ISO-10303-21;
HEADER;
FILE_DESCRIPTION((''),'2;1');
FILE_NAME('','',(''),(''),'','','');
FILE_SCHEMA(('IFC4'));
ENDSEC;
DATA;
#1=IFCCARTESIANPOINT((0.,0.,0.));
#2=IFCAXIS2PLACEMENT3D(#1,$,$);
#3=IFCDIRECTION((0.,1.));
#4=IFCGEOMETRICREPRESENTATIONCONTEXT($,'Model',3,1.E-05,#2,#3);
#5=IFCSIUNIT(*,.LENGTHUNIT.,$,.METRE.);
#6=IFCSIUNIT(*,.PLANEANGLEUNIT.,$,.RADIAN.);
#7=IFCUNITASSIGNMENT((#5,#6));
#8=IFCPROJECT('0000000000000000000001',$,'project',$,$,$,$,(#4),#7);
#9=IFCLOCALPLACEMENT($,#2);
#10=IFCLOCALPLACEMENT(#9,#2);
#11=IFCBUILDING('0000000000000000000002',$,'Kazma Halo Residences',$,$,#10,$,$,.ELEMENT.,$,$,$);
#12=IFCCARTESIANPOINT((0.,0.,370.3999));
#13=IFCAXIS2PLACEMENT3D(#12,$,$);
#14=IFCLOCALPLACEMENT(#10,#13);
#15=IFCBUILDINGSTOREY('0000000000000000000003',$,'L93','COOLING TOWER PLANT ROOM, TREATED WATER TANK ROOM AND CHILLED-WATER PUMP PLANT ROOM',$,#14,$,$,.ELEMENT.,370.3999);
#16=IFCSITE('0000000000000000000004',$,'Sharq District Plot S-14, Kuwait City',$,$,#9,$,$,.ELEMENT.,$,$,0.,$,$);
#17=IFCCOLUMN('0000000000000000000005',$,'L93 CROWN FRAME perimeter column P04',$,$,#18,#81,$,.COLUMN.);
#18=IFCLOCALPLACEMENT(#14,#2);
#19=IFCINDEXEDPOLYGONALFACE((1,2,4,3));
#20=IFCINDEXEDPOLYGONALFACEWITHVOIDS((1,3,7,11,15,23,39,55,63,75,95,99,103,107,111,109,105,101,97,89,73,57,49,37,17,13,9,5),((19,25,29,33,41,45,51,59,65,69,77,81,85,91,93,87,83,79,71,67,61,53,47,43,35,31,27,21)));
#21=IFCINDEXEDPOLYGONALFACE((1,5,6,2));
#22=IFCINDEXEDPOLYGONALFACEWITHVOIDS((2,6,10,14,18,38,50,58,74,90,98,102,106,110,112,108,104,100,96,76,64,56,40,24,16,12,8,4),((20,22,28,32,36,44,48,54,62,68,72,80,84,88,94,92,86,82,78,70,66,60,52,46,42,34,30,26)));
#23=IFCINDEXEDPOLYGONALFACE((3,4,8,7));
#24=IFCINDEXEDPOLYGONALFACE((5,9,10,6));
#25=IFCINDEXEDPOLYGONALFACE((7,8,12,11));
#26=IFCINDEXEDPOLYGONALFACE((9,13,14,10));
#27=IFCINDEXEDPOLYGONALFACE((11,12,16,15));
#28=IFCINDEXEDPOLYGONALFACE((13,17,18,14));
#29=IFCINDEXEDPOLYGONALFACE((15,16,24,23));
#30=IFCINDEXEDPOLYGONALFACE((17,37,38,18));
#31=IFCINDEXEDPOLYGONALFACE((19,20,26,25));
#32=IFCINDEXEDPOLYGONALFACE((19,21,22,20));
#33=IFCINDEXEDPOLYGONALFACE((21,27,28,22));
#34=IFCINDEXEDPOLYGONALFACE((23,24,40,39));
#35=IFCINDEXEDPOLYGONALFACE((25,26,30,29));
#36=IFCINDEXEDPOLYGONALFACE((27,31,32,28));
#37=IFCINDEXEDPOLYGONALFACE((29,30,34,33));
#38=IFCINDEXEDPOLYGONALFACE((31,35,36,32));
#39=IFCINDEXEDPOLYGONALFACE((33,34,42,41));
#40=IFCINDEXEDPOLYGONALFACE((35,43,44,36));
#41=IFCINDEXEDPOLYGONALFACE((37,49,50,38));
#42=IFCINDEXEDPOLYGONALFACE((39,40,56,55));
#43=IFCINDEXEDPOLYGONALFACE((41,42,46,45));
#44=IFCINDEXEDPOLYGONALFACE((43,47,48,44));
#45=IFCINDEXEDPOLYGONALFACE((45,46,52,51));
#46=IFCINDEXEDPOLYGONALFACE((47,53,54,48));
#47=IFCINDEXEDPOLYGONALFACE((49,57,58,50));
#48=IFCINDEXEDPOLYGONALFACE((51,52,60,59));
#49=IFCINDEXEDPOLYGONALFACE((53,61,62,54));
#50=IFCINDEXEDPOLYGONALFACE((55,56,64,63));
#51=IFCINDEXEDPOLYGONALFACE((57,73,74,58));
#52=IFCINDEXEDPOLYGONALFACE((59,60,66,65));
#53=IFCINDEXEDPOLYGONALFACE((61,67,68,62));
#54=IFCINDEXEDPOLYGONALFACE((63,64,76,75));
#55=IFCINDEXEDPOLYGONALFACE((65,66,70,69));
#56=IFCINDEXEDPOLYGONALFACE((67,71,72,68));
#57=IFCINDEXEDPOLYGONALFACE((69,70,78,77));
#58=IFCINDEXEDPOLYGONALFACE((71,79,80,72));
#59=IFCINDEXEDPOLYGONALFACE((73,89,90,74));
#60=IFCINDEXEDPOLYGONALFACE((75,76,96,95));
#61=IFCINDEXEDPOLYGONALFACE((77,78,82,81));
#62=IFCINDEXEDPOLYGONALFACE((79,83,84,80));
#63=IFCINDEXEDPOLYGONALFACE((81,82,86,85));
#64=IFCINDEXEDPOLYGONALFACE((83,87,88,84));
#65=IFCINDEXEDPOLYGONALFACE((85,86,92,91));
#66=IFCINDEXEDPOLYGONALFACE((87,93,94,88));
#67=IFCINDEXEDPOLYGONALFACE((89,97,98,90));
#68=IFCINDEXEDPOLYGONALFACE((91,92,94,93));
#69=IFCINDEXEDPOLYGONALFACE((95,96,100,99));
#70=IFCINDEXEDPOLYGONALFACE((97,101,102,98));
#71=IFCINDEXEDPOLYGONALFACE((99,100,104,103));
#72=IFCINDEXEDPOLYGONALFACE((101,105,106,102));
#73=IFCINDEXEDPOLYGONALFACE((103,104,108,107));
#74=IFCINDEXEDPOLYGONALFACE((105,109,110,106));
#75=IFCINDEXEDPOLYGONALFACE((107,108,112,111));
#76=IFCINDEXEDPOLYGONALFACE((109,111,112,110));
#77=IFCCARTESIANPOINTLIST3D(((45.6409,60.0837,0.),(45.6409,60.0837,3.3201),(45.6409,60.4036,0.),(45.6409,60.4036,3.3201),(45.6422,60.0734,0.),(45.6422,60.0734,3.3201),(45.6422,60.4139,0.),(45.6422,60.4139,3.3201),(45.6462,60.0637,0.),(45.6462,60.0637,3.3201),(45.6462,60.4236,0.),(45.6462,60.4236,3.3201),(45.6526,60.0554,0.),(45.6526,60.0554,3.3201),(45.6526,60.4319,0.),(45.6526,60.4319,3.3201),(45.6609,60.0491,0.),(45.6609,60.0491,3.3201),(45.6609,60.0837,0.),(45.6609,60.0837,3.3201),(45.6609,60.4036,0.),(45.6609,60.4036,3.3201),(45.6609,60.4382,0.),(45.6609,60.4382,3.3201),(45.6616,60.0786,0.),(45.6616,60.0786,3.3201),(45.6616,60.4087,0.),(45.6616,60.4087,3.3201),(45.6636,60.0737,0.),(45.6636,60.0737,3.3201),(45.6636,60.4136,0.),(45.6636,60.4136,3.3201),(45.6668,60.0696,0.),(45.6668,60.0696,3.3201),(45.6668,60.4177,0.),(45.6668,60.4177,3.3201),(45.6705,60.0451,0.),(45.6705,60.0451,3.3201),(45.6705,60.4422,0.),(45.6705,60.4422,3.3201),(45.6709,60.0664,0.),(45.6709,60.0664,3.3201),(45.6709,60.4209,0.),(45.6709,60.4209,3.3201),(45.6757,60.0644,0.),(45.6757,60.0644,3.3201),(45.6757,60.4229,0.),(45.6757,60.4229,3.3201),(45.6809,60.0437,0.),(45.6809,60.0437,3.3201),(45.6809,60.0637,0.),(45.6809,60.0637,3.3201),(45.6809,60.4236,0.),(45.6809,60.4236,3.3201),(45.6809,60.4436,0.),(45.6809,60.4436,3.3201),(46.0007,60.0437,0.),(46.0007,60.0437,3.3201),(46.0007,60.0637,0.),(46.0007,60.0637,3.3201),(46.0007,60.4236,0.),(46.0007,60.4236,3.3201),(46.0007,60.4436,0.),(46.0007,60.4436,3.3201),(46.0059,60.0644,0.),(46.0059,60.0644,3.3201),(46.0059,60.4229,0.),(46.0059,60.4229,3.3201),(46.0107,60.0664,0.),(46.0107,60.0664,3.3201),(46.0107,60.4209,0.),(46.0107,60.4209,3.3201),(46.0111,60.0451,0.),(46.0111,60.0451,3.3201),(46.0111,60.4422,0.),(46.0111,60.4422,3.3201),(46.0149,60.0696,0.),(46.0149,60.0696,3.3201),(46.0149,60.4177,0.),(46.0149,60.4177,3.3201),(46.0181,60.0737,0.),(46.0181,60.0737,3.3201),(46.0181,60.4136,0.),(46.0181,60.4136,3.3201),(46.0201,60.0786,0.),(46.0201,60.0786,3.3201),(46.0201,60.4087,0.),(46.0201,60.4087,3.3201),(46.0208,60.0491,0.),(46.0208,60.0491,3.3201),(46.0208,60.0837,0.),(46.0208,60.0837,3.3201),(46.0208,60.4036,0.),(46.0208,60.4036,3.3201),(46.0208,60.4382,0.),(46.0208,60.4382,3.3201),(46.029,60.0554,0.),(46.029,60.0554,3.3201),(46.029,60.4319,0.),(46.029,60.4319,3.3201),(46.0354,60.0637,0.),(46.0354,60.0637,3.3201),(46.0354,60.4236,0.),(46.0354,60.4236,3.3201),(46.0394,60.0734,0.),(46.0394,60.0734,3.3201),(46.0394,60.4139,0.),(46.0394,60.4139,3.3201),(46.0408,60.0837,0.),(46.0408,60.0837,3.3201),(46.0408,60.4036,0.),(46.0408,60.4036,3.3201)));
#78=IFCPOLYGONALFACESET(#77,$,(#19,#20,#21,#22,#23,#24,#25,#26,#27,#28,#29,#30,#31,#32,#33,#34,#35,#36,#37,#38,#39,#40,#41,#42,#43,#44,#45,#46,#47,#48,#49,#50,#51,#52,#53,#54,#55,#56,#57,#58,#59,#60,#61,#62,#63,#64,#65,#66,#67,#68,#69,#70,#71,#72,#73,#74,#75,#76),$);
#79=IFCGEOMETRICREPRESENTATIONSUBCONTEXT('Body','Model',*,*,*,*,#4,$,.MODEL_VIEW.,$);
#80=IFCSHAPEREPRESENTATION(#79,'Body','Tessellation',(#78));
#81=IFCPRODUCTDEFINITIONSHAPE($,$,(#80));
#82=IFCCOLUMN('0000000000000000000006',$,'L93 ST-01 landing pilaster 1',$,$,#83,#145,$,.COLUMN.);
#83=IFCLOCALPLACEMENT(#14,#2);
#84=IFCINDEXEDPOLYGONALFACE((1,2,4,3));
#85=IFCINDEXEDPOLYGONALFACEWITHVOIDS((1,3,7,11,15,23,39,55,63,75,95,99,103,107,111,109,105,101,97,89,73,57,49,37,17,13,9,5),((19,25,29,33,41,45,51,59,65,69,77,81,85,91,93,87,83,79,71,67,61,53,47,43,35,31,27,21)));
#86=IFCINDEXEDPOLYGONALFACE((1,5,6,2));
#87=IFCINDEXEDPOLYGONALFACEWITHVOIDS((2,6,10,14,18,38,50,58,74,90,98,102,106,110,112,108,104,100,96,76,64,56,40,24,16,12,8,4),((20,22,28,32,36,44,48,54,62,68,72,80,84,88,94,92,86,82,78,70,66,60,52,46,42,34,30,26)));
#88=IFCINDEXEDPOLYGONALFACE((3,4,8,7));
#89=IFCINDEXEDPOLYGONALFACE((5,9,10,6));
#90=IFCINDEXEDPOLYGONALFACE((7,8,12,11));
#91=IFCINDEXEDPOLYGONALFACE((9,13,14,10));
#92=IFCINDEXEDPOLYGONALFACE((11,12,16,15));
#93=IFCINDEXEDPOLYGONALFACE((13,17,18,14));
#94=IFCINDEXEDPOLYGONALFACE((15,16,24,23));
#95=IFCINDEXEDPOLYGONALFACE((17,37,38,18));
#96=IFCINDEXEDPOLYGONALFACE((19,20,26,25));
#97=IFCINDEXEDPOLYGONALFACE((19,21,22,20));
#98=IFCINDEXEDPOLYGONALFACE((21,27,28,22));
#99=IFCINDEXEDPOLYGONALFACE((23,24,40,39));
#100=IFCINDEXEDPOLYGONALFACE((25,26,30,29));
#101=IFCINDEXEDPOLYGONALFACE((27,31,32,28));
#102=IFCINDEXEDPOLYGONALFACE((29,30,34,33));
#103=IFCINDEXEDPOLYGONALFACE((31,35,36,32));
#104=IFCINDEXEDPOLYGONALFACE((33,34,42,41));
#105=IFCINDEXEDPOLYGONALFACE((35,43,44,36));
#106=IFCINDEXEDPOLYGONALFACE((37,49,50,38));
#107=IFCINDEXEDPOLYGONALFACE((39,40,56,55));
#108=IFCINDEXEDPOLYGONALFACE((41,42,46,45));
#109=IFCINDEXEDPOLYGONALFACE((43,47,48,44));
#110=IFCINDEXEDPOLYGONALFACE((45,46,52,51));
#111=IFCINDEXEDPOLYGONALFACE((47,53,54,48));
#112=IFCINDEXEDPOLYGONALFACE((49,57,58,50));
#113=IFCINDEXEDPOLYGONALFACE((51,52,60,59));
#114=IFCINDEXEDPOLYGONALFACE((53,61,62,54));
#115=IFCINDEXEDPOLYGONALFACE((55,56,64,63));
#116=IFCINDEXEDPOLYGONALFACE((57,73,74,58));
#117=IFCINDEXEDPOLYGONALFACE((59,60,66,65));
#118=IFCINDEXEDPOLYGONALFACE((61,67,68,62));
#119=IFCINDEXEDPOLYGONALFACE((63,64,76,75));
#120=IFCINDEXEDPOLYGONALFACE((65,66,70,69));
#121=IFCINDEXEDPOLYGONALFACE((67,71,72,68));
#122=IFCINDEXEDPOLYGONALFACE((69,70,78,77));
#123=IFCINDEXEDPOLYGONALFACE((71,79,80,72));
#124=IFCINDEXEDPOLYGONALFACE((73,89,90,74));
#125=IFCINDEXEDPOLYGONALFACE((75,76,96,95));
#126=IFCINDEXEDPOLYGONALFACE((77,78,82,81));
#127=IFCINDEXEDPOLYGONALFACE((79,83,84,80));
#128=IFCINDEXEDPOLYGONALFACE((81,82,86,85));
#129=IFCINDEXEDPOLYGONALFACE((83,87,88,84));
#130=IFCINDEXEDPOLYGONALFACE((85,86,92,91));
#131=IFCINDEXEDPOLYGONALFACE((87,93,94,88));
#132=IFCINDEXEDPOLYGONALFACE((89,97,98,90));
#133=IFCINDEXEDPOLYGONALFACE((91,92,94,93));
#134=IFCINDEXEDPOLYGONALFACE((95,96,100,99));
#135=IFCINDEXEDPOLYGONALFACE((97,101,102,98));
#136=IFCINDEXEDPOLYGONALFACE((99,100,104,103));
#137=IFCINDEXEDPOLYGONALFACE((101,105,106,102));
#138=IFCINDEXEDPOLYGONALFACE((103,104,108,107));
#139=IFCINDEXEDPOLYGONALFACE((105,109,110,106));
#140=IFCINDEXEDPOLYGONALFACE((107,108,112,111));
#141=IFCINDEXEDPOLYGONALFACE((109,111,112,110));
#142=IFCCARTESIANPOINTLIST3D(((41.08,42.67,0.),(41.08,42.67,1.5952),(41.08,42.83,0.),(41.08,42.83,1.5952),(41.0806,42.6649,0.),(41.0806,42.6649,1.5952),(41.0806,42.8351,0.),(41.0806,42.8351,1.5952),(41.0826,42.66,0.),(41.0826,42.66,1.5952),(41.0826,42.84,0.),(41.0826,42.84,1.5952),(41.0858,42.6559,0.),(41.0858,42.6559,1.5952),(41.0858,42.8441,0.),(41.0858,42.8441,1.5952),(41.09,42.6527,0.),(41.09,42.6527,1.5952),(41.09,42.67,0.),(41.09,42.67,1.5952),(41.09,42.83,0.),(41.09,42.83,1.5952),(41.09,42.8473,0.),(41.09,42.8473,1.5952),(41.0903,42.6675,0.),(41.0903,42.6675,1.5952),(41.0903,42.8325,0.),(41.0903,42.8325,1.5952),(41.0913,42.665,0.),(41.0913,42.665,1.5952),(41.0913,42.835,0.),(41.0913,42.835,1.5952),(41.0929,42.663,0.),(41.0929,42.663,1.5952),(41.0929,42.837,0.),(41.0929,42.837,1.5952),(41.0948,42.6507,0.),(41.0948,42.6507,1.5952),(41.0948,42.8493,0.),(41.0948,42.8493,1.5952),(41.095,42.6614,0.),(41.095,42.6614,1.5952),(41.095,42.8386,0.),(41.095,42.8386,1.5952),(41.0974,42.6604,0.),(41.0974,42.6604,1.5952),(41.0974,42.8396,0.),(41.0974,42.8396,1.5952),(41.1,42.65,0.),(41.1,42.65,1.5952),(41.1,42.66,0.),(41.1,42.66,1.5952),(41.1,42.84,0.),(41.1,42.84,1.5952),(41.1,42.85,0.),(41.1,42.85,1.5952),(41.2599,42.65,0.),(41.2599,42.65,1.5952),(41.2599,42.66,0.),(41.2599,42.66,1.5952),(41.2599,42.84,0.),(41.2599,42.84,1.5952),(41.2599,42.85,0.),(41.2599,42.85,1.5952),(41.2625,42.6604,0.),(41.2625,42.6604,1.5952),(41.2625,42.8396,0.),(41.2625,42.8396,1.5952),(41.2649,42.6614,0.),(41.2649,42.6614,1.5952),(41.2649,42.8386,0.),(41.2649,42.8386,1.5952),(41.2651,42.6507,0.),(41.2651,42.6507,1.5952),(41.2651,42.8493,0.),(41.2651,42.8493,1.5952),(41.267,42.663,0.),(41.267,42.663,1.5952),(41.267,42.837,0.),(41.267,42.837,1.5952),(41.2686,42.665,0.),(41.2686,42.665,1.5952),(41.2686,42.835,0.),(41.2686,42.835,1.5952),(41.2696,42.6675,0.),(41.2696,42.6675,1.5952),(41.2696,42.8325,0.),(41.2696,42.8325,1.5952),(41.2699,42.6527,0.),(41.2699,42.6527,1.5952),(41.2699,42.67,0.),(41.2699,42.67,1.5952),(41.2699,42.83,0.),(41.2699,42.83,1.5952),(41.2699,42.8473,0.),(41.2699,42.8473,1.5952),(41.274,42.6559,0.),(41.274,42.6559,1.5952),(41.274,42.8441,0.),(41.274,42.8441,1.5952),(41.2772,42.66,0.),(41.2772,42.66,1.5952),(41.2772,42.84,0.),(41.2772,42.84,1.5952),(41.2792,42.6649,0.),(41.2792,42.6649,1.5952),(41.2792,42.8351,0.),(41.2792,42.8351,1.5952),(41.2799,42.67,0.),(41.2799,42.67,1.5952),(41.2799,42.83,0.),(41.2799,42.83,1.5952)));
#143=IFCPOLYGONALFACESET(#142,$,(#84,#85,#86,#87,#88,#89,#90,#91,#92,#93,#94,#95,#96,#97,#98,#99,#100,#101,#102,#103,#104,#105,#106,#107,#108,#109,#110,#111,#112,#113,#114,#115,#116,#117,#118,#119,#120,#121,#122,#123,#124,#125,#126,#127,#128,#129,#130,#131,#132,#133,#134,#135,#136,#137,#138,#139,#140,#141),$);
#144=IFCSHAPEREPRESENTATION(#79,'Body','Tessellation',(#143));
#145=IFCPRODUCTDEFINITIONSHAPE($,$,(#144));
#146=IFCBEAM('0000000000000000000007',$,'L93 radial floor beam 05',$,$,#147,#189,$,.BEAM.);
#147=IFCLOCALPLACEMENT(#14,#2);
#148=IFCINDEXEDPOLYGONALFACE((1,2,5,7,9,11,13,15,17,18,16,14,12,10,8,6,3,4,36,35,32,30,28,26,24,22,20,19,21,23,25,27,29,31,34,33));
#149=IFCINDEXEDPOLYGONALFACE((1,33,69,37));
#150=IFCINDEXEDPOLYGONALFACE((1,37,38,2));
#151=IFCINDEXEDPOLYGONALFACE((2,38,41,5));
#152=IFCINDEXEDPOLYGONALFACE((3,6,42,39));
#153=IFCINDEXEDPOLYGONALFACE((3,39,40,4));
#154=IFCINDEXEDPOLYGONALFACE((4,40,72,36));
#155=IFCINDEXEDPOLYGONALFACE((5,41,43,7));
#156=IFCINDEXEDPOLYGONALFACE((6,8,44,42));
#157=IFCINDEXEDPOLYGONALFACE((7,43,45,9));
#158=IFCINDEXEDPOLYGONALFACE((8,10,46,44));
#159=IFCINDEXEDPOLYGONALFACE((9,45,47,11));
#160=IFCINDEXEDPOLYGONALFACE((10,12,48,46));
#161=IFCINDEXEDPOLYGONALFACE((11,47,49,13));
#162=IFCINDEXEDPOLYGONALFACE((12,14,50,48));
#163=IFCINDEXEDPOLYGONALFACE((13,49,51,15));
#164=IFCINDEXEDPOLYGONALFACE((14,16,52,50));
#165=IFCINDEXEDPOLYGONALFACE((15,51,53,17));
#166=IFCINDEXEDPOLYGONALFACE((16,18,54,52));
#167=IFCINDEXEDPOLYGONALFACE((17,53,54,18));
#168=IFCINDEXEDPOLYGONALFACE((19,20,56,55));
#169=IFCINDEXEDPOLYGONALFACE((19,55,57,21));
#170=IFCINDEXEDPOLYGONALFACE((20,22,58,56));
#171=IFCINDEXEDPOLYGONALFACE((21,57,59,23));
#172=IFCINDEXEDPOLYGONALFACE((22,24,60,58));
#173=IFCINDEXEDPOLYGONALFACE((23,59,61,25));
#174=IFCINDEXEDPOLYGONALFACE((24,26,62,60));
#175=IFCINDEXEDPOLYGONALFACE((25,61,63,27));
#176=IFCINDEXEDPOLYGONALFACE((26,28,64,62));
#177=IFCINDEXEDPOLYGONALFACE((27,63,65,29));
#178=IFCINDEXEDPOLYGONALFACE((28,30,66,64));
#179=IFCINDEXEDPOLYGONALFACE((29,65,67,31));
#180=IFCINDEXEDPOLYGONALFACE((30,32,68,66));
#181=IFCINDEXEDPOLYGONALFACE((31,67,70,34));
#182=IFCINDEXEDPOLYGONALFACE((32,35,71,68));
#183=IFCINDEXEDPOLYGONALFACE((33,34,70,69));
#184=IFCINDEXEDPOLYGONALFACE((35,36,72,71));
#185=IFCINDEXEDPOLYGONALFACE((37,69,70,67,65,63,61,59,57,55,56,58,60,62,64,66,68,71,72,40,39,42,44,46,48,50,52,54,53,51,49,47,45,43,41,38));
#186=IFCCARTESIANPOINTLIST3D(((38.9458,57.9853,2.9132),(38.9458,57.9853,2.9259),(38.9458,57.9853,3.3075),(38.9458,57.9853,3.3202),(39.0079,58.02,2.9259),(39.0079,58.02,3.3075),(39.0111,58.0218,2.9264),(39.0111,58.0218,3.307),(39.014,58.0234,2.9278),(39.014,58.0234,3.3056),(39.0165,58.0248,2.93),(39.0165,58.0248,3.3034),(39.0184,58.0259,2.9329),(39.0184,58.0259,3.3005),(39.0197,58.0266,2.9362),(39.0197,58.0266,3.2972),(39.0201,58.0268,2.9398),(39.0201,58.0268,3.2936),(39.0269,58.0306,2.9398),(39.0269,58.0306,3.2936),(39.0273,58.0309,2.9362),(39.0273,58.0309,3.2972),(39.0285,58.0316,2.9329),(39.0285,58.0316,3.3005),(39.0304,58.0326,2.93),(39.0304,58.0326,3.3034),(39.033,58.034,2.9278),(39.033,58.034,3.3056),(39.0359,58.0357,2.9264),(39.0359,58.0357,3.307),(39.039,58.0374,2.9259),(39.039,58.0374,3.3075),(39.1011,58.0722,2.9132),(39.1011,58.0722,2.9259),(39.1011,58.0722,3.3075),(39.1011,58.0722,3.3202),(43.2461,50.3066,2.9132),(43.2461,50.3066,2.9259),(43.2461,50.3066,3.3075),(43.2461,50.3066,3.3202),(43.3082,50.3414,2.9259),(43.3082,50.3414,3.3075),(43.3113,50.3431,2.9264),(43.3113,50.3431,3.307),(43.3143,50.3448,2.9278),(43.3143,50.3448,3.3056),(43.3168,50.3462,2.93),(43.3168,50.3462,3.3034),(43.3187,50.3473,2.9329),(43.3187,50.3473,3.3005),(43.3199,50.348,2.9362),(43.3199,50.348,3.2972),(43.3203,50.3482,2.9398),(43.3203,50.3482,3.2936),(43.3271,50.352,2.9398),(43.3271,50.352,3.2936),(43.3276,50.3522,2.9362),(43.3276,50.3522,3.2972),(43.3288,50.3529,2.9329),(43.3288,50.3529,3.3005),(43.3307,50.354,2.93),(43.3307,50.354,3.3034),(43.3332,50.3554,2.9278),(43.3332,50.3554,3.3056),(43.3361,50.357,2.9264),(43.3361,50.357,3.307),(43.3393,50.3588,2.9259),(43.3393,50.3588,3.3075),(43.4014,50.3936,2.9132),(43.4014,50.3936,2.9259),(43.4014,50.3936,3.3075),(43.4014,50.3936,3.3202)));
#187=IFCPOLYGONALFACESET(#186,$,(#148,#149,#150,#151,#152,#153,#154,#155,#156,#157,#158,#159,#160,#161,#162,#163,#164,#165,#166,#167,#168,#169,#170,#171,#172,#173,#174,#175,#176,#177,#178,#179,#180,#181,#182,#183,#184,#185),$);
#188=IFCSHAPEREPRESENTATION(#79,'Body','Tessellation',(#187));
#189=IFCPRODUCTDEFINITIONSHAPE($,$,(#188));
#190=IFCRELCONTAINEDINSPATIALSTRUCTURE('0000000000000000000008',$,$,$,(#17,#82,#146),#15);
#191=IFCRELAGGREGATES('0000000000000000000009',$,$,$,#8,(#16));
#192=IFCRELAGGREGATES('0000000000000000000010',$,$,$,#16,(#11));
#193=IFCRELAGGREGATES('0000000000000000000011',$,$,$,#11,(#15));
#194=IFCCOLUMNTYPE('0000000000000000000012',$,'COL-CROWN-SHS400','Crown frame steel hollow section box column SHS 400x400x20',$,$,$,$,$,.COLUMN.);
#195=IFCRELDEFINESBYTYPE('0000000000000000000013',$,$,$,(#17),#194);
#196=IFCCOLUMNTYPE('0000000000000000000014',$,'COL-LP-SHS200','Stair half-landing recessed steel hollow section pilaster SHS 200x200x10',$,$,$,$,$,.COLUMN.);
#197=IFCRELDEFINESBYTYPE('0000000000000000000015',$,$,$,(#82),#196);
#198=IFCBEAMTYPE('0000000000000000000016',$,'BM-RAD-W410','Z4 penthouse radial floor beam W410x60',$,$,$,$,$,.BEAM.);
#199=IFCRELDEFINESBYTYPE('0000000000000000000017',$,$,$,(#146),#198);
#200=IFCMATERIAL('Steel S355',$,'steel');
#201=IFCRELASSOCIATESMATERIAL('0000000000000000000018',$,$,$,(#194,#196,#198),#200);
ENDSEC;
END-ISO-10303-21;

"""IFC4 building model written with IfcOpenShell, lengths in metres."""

from ifc_helpers import new_model, si_unit, direction, frame, origin, origin_2d, place, context, subcontext, project, spatial, hollow_rectangle, i_section, extrude, material, material_profile, profile_set, type_object, element, save


model = new_model("IFC4")

# Units and contexts
model_context = context("Model", 3, precision=1e-05, world=origin(), true_north=direction((0.0, 1.0)))
body_context = subcontext(model_context, "Body", "Model", "MODEL_VIEW")
ifc_project = project(units=[si_unit("LENGTHUNIT", "METRE"), si_unit("PLANEANGLEUNIT", "RADIAN")], contexts=[model_context])

# Site, building, storey
site_placement = place(None, origin())
site = spatial("IfcSite", under=ifc_project, at=site_placement, Name="Sharq District Plot S-14, Kuwait City", CompositionType="ELEMENT", RefElevation=0.0)
building_placement = place(site_placement, origin())
building = spatial("IfcBuilding", under=site, at=building_placement, Name="Kazma Halo Residences", CompositionType="ELEMENT")
storey_placement = place(building_placement, frame((0.0, 0.0, 370.3999)))
storey = spatial("IfcBuildingStorey", under=building, at=storey_placement, Name="L93", Description="COOLING TOWER PLANT ROOM, TREATED WATER TANK ROOM AND CHILLED-WATER PUMP PLANT ROOM", CompositionType="ELEMENT", Elevation=370.3999)

# Columns
ifc_material_1 = material(Name="Steel S355", Category="steel")
ifc_material_profile_1 = material_profile(ifc_material_1, hollow_rectangle(XDim=0.3999, YDim=0.3999, WallThickness=0.02, InnerFilletRadius=0.02, OuterFilletRadius=0.04, at=origin_2d()), Name="SHS400x400x20")
ifc_profile_set_1 = profile_set([ifc_material_profile_1], Name="Steel S355")
column_type_1 = type_object("IfcColumnType", Name="COL-CROWN-SHS400", Description="Crown frame steel hollow section box column SHS 400x400x20", PredefinedType="COLUMN", material=ifc_profile_set_1)
column_1_placement = place(storey_placement, frame((45.8408, 60.2437, 0.0), z_axis=(0.0, 0.0, 1.0), x_axis=(1.0, 0.0, 0.0)))
element("IfcColumn", 1, at=column_1_placement, inside=storey, type_object=column_type_1, Name="L93 CROWN FRAME perimeter column P04", PredefinedType="COLUMN", context=body_context, shape_type="SweptSolid", body=[
    extrude(hollow_rectangle(XDim=0.3999, YDim=0.3999, WallThickness=0.02, InnerFilletRadius=0.02, OuterFilletRadius=0.04, at=origin_2d()), origin(), (0.0, 0.0, 1.0), 3.3201),
])
ifc_material_profile_2 = material_profile(ifc_material_1, hollow_rectangle(XDim=0.2, YDim=0.2, WallThickness=0.01, InnerFilletRadius=0.01, OuterFilletRadius=0.02, at=origin_2d()), Name="SHS200x200x10")
ifc_profile_set_2 = profile_set([ifc_material_profile_2], Name="Steel S355")
column_type_2 = type_object("IfcColumnType", Name="COL-LP-SHS200", Description="Stair half-landing recessed steel hollow section pilaster SHS 200x200x10", PredefinedType="COLUMN", material=ifc_profile_set_2)
column_2_placement = place(storey_placement, frame((41.1799, 42.75, 0.0), z_axis=(0.0, 0.0, 1.0), x_axis=(1.0, 0.0, 0.0)))
element("IfcColumn", 2, at=column_2_placement, inside=storey, type_object=column_type_2, Name="L93 ST-01 landing pilaster 1", PredefinedType="COLUMN", context=body_context, shape_type="SweptSolid", body=[
    extrude(hollow_rectangle(XDim=0.2, YDim=0.2, WallThickness=0.01, InnerFilletRadius=0.01, OuterFilletRadius=0.02, at=origin_2d()), origin(), (0.0, 0.0, 1.0), 1.5952),
])

# Beam
ifc_material_profile_3 = material_profile(ifc_material_1, i_section(OverallWidth=0.178, OverallDepth=0.407, WebThickness=0.0078, FlangeThickness=0.0127, FilletRadius=0.0139, at=origin_2d()), Name="W410x60")
ifc_profile_set_3 = profile_set([ifc_material_profile_3], Name="Steel S355")
beam_type_1 = type_object("IfcBeamType", Name="BM-RAD-W410", Description="Z4 penthouse radial floor beam W410x60", PredefinedType="BEAM", material=ifc_profile_set_3)
beam_1_placement = place(storey_placement, frame((43.3237, 50.3501, 3.1167), z_axis=(-0.488622, 0.872496, 0.0), x_axis=(-0.872496, -0.488622, 0.0)))
element("IfcBeam", 3, at=beam_1_placement, inside=storey, type_object=beam_type_1, Name="L93 radial floor beam 05", PredefinedType="BEAM", context=body_context, shape_type="SweptSolid", body=[
    extrude(i_section(OverallWidth=0.178, OverallDepth=0.407, WebThickness=0.0078, FlangeThickness=0.0127, FilletRadius=0.0139, at=origin_2d()), origin(), (0.0, 0.0, 1.0), 8.8008),
])

save(model, "model.ifc")
